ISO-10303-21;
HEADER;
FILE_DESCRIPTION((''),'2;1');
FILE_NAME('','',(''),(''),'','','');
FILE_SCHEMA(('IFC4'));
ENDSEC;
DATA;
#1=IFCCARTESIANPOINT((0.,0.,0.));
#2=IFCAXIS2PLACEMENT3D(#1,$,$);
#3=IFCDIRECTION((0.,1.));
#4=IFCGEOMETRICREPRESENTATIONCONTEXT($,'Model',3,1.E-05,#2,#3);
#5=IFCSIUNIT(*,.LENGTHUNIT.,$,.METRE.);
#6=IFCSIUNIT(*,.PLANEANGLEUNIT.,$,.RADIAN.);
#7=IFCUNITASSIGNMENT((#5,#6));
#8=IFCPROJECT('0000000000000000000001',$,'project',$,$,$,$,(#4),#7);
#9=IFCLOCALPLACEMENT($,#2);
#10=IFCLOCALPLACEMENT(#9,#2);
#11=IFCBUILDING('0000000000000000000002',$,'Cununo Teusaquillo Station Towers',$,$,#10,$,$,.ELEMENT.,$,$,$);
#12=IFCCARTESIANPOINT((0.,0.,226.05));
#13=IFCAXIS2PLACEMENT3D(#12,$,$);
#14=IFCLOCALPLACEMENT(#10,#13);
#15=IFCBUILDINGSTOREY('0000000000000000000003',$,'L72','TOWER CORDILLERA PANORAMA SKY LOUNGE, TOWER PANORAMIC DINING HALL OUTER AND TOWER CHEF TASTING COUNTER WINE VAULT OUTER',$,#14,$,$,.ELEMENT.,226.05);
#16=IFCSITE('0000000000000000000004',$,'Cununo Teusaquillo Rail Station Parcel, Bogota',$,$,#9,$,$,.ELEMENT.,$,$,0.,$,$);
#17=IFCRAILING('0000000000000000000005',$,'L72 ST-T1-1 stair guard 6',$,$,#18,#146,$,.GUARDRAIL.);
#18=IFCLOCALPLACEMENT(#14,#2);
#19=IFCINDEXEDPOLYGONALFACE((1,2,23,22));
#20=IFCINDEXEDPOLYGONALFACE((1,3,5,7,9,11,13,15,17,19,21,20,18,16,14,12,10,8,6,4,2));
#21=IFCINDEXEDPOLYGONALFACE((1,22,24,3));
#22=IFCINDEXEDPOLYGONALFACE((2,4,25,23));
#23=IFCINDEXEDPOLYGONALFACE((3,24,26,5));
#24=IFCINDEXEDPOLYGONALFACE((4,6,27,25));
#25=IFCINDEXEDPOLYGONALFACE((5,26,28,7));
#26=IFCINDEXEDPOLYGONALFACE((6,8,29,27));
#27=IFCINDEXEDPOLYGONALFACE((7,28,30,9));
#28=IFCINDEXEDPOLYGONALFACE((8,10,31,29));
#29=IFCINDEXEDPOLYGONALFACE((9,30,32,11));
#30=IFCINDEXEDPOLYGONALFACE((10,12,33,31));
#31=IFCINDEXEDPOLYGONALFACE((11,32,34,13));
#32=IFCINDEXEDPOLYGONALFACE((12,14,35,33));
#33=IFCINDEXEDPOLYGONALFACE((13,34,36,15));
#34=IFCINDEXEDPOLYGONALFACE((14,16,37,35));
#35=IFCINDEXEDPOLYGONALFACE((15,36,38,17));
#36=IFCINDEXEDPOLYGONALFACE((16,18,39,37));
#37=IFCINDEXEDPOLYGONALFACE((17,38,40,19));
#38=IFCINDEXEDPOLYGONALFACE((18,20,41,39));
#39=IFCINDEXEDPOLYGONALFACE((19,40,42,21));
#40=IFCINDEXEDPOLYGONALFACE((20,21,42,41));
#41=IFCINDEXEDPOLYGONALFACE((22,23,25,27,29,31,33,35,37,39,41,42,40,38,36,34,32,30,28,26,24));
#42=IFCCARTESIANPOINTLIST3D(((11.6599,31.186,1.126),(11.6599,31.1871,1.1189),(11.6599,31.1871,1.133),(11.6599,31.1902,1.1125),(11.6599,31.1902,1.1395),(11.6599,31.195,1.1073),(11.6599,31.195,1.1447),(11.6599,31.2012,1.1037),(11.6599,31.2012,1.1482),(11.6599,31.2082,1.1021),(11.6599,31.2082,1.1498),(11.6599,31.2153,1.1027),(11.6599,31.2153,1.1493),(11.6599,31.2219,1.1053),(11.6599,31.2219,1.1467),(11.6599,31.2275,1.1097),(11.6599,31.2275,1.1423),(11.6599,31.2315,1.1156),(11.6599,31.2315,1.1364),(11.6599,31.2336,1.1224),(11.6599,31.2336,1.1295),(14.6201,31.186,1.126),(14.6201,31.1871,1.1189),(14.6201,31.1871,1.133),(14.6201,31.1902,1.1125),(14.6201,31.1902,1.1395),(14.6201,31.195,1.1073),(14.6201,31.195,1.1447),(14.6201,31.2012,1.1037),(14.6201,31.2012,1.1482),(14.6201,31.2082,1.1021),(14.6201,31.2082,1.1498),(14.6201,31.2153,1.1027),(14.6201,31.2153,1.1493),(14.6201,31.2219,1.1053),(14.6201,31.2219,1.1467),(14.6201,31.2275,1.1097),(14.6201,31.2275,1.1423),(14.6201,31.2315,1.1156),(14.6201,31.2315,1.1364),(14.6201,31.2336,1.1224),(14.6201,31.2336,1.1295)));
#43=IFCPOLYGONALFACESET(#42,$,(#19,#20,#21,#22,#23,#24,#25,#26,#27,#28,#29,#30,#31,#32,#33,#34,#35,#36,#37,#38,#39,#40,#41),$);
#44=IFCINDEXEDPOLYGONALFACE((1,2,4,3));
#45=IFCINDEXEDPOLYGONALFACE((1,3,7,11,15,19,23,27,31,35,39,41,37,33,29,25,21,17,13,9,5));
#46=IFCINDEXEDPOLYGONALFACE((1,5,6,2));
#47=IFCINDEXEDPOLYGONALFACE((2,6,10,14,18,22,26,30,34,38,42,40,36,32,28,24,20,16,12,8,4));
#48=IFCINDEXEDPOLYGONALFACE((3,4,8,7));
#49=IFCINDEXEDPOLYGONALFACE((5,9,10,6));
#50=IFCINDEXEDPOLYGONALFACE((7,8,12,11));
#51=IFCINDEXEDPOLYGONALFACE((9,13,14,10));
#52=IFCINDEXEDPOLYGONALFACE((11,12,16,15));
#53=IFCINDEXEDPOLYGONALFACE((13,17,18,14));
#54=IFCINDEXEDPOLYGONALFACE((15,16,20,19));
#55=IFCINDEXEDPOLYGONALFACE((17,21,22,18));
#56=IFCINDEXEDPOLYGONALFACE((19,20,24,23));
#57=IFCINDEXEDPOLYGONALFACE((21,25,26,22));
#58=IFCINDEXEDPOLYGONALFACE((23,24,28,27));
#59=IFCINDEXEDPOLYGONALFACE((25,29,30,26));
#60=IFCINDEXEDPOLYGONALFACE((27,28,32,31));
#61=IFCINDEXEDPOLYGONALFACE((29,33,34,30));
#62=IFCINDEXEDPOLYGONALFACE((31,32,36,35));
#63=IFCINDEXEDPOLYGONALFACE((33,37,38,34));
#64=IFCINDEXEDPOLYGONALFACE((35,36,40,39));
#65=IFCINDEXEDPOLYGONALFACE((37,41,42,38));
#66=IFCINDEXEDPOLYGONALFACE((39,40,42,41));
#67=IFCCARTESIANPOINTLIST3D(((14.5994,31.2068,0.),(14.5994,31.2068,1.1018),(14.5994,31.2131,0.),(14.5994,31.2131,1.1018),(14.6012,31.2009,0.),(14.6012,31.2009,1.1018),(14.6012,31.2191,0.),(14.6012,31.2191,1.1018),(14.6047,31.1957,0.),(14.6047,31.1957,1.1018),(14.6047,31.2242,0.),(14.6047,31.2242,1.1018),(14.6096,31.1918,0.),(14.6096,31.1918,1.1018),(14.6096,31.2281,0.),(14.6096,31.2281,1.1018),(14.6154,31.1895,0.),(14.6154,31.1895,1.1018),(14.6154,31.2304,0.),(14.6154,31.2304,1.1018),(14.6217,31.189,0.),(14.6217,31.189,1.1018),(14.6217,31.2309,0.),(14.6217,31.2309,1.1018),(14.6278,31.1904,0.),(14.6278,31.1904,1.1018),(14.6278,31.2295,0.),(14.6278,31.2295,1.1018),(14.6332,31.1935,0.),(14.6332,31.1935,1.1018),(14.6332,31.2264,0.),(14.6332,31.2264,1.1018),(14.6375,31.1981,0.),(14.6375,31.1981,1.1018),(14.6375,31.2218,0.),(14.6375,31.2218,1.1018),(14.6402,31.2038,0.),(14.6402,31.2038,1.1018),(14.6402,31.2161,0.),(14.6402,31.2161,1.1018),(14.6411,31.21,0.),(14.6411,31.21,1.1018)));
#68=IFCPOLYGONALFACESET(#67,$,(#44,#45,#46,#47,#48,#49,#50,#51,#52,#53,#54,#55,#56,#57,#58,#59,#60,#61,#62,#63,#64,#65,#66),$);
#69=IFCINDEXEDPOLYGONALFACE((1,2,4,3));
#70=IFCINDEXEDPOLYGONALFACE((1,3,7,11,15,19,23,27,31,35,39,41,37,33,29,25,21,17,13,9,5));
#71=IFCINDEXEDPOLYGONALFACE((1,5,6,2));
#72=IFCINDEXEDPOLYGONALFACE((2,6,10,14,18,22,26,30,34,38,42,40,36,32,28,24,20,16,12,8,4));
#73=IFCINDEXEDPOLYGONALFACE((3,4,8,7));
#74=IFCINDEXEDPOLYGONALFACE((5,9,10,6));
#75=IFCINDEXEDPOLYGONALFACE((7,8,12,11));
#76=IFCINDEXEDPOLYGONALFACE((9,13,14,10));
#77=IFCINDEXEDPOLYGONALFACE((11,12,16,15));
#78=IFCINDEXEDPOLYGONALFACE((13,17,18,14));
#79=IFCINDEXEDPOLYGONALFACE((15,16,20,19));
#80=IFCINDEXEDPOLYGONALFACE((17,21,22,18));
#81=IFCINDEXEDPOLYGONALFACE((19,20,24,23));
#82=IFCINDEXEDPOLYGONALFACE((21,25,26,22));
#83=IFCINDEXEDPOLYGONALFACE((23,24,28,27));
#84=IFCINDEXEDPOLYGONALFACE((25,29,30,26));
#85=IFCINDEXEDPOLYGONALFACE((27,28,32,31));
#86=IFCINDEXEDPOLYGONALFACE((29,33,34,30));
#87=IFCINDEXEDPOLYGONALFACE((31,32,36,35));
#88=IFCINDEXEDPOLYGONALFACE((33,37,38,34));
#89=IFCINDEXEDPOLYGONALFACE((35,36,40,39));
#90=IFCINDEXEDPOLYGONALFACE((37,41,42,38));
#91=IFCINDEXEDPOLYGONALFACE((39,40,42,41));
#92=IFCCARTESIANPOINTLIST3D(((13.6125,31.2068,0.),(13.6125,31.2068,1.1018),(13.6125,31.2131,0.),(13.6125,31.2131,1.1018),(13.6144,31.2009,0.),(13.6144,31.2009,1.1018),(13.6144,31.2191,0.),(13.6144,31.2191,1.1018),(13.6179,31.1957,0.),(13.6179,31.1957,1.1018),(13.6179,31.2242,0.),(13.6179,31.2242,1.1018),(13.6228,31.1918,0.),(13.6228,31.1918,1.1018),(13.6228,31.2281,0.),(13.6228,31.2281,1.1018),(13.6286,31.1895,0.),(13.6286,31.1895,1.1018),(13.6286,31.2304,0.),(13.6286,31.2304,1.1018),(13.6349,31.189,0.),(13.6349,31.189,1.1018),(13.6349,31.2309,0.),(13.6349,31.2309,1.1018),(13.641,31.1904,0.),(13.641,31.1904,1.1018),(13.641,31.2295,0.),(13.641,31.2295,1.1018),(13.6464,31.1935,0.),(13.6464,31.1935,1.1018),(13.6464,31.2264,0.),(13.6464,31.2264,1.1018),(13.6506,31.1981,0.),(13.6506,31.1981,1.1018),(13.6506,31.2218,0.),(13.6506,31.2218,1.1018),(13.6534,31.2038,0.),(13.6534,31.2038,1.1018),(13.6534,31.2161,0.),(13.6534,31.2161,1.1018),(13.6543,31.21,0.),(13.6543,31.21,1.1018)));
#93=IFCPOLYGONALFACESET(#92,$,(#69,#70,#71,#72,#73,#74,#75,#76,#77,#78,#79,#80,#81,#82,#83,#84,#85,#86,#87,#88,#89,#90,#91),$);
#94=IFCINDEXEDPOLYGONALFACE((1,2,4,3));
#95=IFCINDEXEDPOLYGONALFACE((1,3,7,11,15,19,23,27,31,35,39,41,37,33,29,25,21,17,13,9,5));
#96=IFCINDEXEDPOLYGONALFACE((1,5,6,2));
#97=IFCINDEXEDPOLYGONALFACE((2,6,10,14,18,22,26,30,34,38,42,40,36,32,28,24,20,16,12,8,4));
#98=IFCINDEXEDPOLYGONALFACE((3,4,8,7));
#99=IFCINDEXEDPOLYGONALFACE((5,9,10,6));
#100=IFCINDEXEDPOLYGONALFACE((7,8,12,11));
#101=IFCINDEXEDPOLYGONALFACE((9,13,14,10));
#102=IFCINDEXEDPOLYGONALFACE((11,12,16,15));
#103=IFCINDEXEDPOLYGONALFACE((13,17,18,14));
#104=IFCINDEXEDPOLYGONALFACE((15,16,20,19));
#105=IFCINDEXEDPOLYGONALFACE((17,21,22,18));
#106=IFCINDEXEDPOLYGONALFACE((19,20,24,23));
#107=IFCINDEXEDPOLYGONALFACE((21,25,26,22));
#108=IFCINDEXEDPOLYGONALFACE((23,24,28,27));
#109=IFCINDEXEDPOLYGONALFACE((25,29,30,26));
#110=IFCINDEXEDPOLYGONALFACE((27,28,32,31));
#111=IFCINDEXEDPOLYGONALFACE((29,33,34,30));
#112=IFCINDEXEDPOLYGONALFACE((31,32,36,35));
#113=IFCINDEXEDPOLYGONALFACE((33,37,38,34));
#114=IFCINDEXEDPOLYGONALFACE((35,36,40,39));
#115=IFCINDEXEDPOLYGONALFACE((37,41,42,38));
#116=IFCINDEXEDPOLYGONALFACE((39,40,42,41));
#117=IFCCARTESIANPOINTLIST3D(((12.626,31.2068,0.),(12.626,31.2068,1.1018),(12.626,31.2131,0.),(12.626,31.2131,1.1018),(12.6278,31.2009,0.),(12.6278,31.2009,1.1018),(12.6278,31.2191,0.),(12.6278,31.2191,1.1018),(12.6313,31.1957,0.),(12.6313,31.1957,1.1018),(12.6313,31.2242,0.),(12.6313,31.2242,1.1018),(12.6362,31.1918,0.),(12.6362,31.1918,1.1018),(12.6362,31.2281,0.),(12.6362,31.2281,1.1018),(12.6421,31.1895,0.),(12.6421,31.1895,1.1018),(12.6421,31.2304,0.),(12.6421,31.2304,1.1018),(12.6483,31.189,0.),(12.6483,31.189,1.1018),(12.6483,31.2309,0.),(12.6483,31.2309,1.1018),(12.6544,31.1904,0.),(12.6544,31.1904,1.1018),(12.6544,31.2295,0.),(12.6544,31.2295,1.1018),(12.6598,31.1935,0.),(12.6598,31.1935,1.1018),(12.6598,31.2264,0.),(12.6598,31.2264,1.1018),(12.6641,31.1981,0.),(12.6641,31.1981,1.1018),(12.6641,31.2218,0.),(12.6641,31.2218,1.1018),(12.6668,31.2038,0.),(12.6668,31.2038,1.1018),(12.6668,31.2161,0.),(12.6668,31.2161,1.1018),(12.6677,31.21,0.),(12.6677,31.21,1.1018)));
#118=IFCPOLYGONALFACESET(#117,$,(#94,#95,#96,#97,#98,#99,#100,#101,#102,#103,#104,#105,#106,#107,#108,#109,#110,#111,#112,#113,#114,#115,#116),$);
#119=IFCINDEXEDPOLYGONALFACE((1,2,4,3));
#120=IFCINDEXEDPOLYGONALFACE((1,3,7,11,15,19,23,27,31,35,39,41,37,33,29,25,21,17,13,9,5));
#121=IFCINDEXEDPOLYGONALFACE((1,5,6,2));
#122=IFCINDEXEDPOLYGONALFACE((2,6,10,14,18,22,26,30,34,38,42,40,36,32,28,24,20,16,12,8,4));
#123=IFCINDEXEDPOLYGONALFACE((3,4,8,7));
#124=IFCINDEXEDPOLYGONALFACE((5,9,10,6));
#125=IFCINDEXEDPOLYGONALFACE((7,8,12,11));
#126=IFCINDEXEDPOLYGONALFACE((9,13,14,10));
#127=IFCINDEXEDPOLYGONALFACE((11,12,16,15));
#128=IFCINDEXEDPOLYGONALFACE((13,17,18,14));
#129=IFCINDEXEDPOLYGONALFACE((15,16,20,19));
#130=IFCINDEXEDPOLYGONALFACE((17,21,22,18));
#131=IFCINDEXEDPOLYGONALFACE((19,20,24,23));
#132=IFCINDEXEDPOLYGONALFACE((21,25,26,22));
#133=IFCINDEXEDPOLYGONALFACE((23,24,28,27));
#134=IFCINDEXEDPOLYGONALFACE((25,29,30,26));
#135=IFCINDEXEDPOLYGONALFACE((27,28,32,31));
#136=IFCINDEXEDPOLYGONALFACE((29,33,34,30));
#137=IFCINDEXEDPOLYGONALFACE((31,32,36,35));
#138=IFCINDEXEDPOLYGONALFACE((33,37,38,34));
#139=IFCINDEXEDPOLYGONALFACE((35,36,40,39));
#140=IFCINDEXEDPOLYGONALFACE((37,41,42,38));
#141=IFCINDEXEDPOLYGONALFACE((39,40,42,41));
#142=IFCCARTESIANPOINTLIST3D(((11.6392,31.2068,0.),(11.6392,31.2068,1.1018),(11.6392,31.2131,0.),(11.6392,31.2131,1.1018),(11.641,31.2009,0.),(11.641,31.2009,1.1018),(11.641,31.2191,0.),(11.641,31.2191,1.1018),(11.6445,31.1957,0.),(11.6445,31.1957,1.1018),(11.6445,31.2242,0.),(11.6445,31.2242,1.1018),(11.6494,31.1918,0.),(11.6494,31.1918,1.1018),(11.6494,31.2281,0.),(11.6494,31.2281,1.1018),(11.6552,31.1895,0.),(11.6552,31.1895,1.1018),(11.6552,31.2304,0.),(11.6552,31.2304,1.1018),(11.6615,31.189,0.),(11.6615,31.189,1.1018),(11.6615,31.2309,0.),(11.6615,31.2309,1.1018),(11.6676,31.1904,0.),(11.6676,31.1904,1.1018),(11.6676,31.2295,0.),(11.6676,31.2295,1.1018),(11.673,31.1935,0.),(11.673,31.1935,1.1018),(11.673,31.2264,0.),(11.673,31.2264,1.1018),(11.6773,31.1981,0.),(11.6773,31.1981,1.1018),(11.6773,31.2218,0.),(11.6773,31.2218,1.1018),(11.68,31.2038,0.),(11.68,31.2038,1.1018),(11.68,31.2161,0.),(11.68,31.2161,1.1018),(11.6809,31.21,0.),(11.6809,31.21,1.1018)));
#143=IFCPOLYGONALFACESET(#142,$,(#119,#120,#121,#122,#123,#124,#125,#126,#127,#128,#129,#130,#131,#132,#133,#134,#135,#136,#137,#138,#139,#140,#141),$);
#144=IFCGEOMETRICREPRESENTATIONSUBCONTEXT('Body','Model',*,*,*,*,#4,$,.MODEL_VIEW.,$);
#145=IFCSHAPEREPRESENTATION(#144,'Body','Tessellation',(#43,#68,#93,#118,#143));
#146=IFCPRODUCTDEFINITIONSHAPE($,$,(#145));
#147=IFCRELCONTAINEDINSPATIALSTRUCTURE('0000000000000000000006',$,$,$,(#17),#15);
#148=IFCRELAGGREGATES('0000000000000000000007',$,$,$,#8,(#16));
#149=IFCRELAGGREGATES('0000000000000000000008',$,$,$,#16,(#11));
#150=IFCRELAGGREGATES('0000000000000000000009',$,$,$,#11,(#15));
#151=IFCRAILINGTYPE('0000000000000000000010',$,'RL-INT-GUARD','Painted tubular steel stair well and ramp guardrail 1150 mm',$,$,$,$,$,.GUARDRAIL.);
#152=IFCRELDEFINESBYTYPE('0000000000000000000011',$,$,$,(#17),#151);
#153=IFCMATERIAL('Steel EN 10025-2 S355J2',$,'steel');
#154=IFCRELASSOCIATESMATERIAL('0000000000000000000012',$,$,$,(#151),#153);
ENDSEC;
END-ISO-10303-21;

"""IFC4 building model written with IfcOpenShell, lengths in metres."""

from ifc_helpers import new_model, si_unit, direction, frame, origin, origin_2d, place, context, subcontext, project, spatial, circle, extrude, material, type_object, element, save


model = new_model("IFC4")

# Units and contexts
model_context = context("Model", 3, precision=1e-05, world=origin(), true_north=direction((0.0, 1.0)))
body_context = subcontext(model_context, "Body", "Model", "MODEL_VIEW")
ifc_project = project(units=[si_unit("LENGTHUNIT", "METRE"), si_unit("PLANEANGLEUNIT", "RADIAN")], contexts=[model_context])

# Site, building, storey
site_placement = place(None, origin())
site = spatial("IfcSite", under=ifc_project, at=site_placement, Name="Cununo Teusaquillo Rail Station Parcel, Bogota", CompositionType="ELEMENT", RefElevation=0.0)
building_placement = place(site_placement, origin())
building = spatial("IfcBuilding", under=site, at=building_placement, Name="Cununo Teusaquillo Station Towers", CompositionType="ELEMENT")
storey_placement = place(building_placement, frame((0.0, 0.0, 226.05)))
storey = spatial("IfcBuildingStorey", under=building, at=storey_placement, Name="L72", Description="TOWER CORDILLERA PANORAMA SKY LOUNGE, TOWER PANORAMIC DINING HALL OUTER AND TOWER CHEF TASTING COUNTER WINE VAULT OUTER", CompositionType="ELEMENT", Elevation=226.05)

# Railing
ifc_material_1 = material(Name="Steel EN 10025-2 S355J2", Category="steel")
railing_type_1 = type_object("IfcRailingType", Name="RL-INT-GUARD", Description="Painted tubular steel stair well and ramp guardrail 1150 mm", PredefinedType="GUARDRAIL", material=ifc_material_1)
railing_1_placement = place(storey_placement, frame((14.6201, 31.21, 0.0)))
element("IfcRailing", 1, at=railing_1_placement, inside=storey, type_object=railing_type_1, Name="L72 ST-T1-1 stair guard 6", PredefinedType="GUARDRAIL", context=body_context, shape_type="SweptSolid", body=[
    extrude(circle(Radius=0.0239, at=origin_2d()), frame((0.0, 0.0, 1.126), z_axis=(-1.0, 0.0, 0.0), x_axis=(0.0, -1.0, 0.0)), (0.0, 0.0, 1.0), 2.9602),
    extrude(circle(Radius=0.021, at=origin_2d()), origin(), (0.0, 0.0, 1.0), 1.1018),
    extrude(circle(Radius=0.021, at=origin_2d()), frame((-0.9868, 0.0, 0.0)), (0.0, 0.0, 1.0), 1.1018),
    extrude(circle(Radius=0.021, at=origin_2d()), frame((-1.9734, 0.0, 0.0)), (0.0, 0.0, 1.0), 1.1018),
    extrude(circle(Radius=0.021, at=origin_2d()), frame((-2.9602, 0.0, 0.0)), (0.0, 0.0, 1.0), 1.1018),
])

save(model, "model.ifc")
